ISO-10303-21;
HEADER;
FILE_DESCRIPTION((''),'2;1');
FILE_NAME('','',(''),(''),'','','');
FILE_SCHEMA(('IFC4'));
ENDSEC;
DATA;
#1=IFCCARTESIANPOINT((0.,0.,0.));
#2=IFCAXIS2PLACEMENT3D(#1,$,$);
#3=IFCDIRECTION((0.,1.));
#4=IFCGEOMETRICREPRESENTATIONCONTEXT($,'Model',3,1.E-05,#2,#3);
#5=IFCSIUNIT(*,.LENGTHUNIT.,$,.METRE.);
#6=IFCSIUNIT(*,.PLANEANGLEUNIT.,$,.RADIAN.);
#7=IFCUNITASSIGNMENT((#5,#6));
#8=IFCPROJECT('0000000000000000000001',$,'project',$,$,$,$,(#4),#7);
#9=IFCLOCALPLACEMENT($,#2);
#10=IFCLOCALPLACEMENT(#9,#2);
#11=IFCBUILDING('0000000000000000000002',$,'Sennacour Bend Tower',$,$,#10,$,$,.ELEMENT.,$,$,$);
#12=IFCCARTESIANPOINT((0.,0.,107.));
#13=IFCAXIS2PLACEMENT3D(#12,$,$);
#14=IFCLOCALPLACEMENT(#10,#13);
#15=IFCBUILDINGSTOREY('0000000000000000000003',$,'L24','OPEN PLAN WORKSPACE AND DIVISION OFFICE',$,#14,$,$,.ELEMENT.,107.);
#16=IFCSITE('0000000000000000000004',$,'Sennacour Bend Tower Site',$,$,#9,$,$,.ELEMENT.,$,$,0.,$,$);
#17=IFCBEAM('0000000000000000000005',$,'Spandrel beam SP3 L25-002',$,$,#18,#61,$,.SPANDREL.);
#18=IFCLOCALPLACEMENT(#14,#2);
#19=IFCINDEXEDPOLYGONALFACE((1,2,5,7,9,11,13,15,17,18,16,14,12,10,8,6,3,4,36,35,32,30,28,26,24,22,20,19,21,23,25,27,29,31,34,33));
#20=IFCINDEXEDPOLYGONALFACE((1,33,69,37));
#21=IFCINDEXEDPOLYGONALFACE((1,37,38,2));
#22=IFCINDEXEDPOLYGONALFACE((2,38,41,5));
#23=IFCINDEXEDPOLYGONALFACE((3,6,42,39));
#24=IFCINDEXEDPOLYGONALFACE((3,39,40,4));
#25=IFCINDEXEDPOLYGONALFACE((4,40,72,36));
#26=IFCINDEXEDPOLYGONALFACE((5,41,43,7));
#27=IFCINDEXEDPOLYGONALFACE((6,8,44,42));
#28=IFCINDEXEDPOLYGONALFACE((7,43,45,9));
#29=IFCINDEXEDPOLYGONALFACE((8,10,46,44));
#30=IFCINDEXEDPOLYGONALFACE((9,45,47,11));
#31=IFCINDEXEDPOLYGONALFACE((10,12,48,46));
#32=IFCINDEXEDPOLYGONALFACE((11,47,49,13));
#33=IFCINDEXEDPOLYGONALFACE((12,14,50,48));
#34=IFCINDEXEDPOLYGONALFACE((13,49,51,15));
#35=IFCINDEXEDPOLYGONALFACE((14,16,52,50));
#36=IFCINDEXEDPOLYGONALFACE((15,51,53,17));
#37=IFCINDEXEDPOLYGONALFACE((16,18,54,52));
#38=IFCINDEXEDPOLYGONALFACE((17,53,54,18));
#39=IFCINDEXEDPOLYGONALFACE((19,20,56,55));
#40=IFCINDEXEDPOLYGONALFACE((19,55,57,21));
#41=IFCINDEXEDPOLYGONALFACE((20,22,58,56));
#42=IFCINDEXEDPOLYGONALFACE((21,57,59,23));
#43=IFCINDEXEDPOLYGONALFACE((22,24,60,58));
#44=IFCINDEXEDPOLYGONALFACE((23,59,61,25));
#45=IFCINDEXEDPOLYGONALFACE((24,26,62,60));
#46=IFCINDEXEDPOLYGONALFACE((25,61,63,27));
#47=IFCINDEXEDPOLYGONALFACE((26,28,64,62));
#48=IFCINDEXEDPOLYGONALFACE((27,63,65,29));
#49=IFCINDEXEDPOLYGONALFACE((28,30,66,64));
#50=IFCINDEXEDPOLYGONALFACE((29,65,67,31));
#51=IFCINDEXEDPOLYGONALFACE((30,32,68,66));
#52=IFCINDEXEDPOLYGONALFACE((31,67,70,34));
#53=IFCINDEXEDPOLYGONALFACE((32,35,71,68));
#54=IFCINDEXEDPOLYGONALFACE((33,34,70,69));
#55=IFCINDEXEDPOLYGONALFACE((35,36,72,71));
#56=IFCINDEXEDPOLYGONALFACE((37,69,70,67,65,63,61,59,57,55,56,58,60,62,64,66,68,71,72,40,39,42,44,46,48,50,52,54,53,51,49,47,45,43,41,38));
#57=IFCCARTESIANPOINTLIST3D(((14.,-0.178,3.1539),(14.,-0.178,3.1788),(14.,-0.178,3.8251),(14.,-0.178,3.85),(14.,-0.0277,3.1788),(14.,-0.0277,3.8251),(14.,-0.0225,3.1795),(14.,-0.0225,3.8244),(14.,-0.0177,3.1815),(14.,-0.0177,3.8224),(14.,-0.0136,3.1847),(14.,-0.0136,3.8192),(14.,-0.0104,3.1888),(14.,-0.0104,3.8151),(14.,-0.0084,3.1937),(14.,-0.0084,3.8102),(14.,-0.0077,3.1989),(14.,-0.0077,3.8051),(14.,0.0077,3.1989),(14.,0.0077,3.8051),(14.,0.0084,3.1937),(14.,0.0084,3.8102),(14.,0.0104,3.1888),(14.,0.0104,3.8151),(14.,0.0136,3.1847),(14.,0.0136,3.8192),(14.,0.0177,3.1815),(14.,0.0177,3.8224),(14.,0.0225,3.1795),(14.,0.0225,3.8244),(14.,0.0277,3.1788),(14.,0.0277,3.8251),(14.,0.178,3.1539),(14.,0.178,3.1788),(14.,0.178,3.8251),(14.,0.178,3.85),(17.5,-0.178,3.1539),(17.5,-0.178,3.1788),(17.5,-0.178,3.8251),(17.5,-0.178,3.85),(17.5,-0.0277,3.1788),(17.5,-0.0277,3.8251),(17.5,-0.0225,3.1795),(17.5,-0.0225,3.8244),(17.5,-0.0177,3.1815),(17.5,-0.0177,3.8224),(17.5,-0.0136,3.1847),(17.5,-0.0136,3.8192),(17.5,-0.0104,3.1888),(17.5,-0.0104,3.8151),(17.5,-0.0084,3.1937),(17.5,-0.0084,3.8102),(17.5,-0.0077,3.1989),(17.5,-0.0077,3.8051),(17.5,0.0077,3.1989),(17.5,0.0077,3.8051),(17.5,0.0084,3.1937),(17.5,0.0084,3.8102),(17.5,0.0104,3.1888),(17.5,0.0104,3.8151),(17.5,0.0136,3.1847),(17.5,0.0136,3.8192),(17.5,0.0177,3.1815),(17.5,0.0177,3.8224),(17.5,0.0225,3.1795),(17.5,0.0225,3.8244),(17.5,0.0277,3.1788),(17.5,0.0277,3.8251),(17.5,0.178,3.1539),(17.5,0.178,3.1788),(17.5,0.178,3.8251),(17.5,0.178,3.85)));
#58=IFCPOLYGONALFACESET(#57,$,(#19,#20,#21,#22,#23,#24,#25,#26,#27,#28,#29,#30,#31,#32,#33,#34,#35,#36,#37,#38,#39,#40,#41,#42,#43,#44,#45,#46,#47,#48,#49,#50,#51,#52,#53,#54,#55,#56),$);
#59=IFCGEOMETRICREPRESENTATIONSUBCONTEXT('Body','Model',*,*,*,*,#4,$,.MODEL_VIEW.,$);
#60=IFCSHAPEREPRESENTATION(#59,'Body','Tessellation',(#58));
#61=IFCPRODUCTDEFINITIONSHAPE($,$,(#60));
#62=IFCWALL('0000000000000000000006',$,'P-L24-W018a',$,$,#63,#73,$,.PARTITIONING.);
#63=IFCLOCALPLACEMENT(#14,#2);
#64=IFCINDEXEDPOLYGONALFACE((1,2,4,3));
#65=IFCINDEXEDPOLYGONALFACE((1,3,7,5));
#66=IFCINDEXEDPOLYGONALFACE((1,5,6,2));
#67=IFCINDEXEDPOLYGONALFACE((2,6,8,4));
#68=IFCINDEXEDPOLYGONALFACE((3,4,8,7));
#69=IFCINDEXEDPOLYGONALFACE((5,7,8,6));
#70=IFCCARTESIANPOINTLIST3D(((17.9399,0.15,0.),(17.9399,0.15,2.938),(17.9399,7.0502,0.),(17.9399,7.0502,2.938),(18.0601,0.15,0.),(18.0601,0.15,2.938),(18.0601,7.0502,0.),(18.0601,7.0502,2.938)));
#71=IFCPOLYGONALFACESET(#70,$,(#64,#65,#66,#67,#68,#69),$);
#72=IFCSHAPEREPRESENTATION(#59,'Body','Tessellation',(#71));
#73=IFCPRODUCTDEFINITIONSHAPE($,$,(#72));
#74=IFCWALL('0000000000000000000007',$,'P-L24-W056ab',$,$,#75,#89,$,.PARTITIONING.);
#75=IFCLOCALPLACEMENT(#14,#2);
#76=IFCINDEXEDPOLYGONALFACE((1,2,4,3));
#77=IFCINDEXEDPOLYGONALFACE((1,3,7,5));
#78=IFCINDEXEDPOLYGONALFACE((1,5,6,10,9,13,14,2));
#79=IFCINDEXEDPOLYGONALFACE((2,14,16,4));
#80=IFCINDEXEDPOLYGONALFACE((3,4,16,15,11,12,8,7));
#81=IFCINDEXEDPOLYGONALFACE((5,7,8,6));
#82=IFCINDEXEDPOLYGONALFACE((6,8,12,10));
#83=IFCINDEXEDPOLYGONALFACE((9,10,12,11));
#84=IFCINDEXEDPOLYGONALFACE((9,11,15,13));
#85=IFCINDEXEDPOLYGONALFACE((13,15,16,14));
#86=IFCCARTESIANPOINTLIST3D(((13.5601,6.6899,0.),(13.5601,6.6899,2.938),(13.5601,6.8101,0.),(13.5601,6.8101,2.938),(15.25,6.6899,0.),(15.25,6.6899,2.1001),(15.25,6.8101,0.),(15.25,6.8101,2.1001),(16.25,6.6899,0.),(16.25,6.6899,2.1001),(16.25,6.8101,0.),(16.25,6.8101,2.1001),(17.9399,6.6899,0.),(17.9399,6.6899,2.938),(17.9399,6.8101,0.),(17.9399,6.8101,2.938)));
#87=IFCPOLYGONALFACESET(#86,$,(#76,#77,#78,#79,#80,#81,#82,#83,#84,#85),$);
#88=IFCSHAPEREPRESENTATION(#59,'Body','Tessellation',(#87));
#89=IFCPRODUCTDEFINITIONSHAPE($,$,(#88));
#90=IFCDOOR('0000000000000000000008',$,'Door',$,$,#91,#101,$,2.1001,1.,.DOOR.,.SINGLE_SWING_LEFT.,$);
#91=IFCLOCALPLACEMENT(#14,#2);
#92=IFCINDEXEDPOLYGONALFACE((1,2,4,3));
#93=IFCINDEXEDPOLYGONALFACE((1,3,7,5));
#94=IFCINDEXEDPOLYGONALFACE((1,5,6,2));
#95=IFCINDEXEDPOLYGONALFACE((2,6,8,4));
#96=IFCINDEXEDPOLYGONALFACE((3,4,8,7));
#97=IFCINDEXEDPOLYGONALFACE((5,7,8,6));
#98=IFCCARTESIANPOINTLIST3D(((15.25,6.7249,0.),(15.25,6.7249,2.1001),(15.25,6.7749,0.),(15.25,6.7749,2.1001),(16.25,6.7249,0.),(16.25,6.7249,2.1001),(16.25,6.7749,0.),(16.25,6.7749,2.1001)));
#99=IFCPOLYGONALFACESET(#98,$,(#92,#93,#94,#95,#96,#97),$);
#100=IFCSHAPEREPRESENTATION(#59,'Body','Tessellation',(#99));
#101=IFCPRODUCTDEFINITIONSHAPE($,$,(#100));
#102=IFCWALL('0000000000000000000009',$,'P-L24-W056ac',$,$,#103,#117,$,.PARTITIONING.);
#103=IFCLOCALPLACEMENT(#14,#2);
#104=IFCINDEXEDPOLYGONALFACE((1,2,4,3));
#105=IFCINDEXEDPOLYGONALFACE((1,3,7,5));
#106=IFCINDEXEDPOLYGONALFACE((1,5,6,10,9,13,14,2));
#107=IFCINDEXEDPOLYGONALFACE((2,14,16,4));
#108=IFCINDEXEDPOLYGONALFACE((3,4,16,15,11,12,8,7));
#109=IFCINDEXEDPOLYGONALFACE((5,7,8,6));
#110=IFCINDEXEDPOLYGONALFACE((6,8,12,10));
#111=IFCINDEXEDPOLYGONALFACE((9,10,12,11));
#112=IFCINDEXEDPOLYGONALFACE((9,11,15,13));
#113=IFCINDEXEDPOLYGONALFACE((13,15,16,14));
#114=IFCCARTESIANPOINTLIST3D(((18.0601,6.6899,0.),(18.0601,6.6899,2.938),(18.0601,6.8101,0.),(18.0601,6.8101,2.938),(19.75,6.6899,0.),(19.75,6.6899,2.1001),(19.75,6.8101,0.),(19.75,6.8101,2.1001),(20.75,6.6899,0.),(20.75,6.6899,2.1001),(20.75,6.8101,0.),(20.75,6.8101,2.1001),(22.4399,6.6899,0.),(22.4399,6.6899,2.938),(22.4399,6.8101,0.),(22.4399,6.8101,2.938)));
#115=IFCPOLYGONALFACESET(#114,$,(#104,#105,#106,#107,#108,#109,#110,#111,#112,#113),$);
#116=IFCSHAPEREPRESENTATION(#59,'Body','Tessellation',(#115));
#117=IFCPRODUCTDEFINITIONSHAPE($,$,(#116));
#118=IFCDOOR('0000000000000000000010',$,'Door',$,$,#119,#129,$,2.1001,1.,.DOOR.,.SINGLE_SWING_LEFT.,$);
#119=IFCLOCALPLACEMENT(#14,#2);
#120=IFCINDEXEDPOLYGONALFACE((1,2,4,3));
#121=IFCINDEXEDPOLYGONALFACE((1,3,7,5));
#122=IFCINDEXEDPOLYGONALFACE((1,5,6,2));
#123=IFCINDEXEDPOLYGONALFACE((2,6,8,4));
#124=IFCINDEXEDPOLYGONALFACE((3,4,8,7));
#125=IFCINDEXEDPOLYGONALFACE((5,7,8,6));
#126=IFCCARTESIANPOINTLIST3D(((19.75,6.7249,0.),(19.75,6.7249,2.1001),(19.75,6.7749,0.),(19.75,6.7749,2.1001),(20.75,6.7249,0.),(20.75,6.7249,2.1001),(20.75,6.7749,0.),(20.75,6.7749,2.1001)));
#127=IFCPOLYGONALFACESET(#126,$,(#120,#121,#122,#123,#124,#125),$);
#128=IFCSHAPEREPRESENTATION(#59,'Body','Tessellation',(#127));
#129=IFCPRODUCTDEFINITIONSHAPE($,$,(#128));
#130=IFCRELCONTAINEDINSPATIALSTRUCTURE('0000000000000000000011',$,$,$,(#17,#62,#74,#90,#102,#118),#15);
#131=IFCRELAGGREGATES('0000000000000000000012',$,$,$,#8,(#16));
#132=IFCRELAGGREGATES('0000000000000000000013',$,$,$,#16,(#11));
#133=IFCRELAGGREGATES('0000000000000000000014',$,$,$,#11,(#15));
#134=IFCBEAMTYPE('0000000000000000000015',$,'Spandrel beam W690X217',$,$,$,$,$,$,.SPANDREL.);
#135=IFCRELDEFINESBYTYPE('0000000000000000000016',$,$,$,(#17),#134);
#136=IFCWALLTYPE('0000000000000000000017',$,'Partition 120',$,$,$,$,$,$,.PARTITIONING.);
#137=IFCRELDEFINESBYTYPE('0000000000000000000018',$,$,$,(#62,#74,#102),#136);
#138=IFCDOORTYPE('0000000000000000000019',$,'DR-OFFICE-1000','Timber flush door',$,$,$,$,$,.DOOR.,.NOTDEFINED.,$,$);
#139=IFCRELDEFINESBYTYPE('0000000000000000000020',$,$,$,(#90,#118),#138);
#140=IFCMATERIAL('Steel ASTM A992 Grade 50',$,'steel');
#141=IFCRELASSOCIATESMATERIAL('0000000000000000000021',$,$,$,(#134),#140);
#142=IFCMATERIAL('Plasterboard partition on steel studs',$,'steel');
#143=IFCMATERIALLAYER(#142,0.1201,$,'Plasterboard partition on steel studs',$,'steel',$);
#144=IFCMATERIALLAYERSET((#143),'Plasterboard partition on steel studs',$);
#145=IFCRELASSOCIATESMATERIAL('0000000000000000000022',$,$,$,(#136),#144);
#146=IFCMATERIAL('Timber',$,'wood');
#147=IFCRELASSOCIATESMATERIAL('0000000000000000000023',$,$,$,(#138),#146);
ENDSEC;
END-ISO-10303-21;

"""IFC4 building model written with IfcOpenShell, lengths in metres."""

from ifc_helpers import new_model, si_unit, direction, frame, frame_2d, origin, origin_2d, place, context, subcontext, project, spatial, rectangle, i_section, extrude, material, layer, layer_set, material_profile, profile_set, type_object, element, fill, save


model = new_model("IFC4")

# Units and contexts
model_context = context("Model", 3, precision=1e-05, world=origin(), true_north=direction((0.0, 1.0)))
body_context = subcontext(model_context, "Body", "Model", "MODEL_VIEW")
ifc_project = project(units=[si_unit("LENGTHUNIT", "METRE"), si_unit("PLANEANGLEUNIT", "RADIAN")], contexts=[model_context])

# Site, building, storey
site_placement = place(None, origin())
site = spatial("IfcSite", under=ifc_project, at=site_placement, Name="Sennacour Bend Tower Site", CompositionType="ELEMENT", RefElevation=0.0)
building_placement = place(site_placement, origin())
building = spatial("IfcBuilding", under=site, at=building_placement, Name="Sennacour Bend Tower", CompositionType="ELEMENT")
storey_placement = place(building_placement, frame((0.0, 0.0, 107.0)))
storey = spatial("IfcBuildingStorey", under=building, at=storey_placement, Name="L24", Description="OPEN PLAN WORKSPACE AND DIVISION OFFICE", CompositionType="ELEMENT", Elevation=107.0)

# Beam
ifc_material_1 = material(Name="Steel ASTM A992 Grade 50", Category="steel")
ifc_material_profile_1 = material_profile(ifc_material_1, i_section(OverallWidth=0.356, OverallDepth=0.696, WebThickness=0.0154, FlangeThickness=0.0249, FilletRadius=0.02, at=origin_2d()), Name="Steel ASTM A992 Grade 50", Category="steel")
ifc_profile_set_1 = profile_set([ifc_material_profile_1], Name="Steel ASTM A992 Grade 50")
beam_type_1 = type_object("IfcBeamType", Name="Spandrel beam W690X217", PredefinedType="SPANDREL", material=ifc_profile_set_1)
beam_1_placement = place(storey_placement, frame((17.5, 0.0, 3.502), z_axis=(-1.0, 0.0, 0.0), x_axis=(0.0, -1.0, 0.0)))
element("IfcBeam", 1, at=beam_1_placement, inside=storey, type_object=beam_type_1, Name="Spandrel beam SP3 L25-002", PredefinedType="SPANDREL", context=body_context, shape_type="SweptSolid", body=[
    extrude(i_section(OverallWidth=0.356, OverallDepth=0.696, WebThickness=0.0154, FlangeThickness=0.0249, FilletRadius=0.02, at=origin_2d()), origin(), (0.0, 0.0, 1.0), 3.5),
])

# Wall
ifc_material_2 = material(Name="Plasterboard partition on steel studs", Category="steel")
ifc_layer_1 = layer(ifc_material_2, 0.1201, Name="Plasterboard partition on steel studs", Category="steel")
ifc_layer_set_1 = layer_set([ifc_layer_1], Name="Plasterboard partition on steel studs")
wall_type_1 = type_object("IfcWallType", Name="Partition 120", PredefinedType="PARTITIONING", material=ifc_layer_set_1)
wall_1_placement = place(storey_placement, frame((18.0, 0.1499, 0.0), z_axis=(0.0, 0.0, 1.0), x_axis=(0.0, 1.0, 0.0)))
element("IfcWall", 2, at=wall_1_placement, inside=storey, type_object=wall_type_1, Name="P-L24-W018a", PredefinedType="PARTITIONING", context=body_context, shape_type="SweptSolid", body=[
    extrude(rectangle(XDim=6.9001, YDim=0.1201, at=frame_2d((3.4502, 0.0))), origin(), (0.0, 0.0, 1.0), 2.938),
])

# Walls, openings, doors
wall_2_placement = place(storey_placement, frame((13.5601, 6.75, 0.0), z_axis=(0.0, 0.0, 1.0), x_axis=(1.0, 0.0, 0.0)))
wall_2 = element("IfcWall", 3, at=wall_2_placement, inside=storey, type_object=wall_type_1, Name="P-L24-W056ab", PredefinedType="PARTITIONING", context=body_context, shape_type="SweptSolid", body=[
    extrude(rectangle(XDim=4.3799, YDim=0.1201, at=frame_2d((2.1899, 0.0))), origin(), (0.0, 0.0, 1.0), 2.938),
])
opening_1_placement = place(wall_2_placement, frame((1.6899, 0.0, 0.0)))
opening_1 = element("IfcOpeningElement", 4, at=opening_1_placement, cuts=wall_2, PredefinedType="OPENING", context=body_context, shape_type="SweptSolid", body=[
    extrude(rectangle(XDim=1.0, YDim=2.1001, at=frame_2d((0.5, 1.05))), frame((0.0, 0.0701, 0.0), z_axis=(0.0, -1.0, 0.0), x_axis=(1.0, 0.0, 0.0)), (0.0, 0.0, 1.0), 0.1401),
])
ifc_material_3 = material(Name="Timber", Category="wood")
door_type = type_object("IfcDoorType", Name="DR-OFFICE-1000", Description="Timber flush door", OperationType="NOTDEFINED", PredefinedType="DOOR", material=ifc_material_3)
door_1_placement = place(opening_1_placement, origin())
door_1 = element("IfcDoor", 5, at=door_1_placement, inside=storey, type_object=door_type, Name="Door", OperationType="SINGLE_SWING_LEFT", OverallHeight=2.1001, OverallWidth=1.0, PredefinedType="DOOR", context=body_context, shape_type="SweptSolid", body=[
    extrude(rectangle(XDim=1.0, YDim=2.1001, at=frame_2d((0.5, 1.05))), frame((0.0, 0.0249, 0.0), z_axis=(0.0, -1.0, 0.0), x_axis=(1.0, 0.0, 0.0)), (0.0, 0.0, 1.0), 0.05),
])
fill(opening_1, door_1)
wall_3_placement = place(storey_placement, frame((18.0601, 6.75, 0.0), z_axis=(0.0, 0.0, 1.0), x_axis=(1.0, 0.0, 0.0)))
wall_3 = element("IfcWall", 6, at=wall_3_placement, inside=storey, type_object=wall_type_1, Name="P-L24-W056ac", PredefinedType="PARTITIONING", context=body_context, shape_type="SweptSolid", body=[
    extrude(rectangle(XDim=4.3799, YDim=0.1201, at=frame_2d((2.1899, 0.0))), origin(), (0.0, 0.0, 1.0), 2.938),
])
opening_2_placement = place(wall_3_placement, frame((1.6899, 0.0, 0.0)))
opening_2 = element("IfcOpeningElement", 7, at=opening_2_placement, cuts=wall_3, PredefinedType="OPENING", context=body_context, shape_type="SweptSolid", body=[
    extrude(rectangle(XDim=1.0, YDim=2.1001, at=frame_2d((0.5, 1.05))), frame((0.0, 0.0701, 0.0), z_axis=(0.0, -1.0, 0.0), x_axis=(1.0, 0.0, 0.0)), (0.0, 0.0, 1.0), 0.1401),
])
door_2_placement = place(opening_2_placement, origin())
door_2 = element("IfcDoor", 8, at=door_2_placement, inside=storey, type_object=door_type, Name="Door", OperationType="SINGLE_SWING_LEFT", OverallHeight=2.1001, OverallWidth=1.0, PredefinedType="DOOR", context=body_context, shape_type="SweptSolid", body=[
    extrude(rectangle(XDim=1.0, YDim=2.1001, at=frame_2d((0.5, 1.05))), frame((0.0, 0.0249, 0.0), z_axis=(0.0, -1.0, 0.0), x_axis=(1.0, 0.0, 0.0)), (0.0, 0.0, 1.0), 0.05),
])
fill(opening_2, door_2)

save(model, "model.ifc")
